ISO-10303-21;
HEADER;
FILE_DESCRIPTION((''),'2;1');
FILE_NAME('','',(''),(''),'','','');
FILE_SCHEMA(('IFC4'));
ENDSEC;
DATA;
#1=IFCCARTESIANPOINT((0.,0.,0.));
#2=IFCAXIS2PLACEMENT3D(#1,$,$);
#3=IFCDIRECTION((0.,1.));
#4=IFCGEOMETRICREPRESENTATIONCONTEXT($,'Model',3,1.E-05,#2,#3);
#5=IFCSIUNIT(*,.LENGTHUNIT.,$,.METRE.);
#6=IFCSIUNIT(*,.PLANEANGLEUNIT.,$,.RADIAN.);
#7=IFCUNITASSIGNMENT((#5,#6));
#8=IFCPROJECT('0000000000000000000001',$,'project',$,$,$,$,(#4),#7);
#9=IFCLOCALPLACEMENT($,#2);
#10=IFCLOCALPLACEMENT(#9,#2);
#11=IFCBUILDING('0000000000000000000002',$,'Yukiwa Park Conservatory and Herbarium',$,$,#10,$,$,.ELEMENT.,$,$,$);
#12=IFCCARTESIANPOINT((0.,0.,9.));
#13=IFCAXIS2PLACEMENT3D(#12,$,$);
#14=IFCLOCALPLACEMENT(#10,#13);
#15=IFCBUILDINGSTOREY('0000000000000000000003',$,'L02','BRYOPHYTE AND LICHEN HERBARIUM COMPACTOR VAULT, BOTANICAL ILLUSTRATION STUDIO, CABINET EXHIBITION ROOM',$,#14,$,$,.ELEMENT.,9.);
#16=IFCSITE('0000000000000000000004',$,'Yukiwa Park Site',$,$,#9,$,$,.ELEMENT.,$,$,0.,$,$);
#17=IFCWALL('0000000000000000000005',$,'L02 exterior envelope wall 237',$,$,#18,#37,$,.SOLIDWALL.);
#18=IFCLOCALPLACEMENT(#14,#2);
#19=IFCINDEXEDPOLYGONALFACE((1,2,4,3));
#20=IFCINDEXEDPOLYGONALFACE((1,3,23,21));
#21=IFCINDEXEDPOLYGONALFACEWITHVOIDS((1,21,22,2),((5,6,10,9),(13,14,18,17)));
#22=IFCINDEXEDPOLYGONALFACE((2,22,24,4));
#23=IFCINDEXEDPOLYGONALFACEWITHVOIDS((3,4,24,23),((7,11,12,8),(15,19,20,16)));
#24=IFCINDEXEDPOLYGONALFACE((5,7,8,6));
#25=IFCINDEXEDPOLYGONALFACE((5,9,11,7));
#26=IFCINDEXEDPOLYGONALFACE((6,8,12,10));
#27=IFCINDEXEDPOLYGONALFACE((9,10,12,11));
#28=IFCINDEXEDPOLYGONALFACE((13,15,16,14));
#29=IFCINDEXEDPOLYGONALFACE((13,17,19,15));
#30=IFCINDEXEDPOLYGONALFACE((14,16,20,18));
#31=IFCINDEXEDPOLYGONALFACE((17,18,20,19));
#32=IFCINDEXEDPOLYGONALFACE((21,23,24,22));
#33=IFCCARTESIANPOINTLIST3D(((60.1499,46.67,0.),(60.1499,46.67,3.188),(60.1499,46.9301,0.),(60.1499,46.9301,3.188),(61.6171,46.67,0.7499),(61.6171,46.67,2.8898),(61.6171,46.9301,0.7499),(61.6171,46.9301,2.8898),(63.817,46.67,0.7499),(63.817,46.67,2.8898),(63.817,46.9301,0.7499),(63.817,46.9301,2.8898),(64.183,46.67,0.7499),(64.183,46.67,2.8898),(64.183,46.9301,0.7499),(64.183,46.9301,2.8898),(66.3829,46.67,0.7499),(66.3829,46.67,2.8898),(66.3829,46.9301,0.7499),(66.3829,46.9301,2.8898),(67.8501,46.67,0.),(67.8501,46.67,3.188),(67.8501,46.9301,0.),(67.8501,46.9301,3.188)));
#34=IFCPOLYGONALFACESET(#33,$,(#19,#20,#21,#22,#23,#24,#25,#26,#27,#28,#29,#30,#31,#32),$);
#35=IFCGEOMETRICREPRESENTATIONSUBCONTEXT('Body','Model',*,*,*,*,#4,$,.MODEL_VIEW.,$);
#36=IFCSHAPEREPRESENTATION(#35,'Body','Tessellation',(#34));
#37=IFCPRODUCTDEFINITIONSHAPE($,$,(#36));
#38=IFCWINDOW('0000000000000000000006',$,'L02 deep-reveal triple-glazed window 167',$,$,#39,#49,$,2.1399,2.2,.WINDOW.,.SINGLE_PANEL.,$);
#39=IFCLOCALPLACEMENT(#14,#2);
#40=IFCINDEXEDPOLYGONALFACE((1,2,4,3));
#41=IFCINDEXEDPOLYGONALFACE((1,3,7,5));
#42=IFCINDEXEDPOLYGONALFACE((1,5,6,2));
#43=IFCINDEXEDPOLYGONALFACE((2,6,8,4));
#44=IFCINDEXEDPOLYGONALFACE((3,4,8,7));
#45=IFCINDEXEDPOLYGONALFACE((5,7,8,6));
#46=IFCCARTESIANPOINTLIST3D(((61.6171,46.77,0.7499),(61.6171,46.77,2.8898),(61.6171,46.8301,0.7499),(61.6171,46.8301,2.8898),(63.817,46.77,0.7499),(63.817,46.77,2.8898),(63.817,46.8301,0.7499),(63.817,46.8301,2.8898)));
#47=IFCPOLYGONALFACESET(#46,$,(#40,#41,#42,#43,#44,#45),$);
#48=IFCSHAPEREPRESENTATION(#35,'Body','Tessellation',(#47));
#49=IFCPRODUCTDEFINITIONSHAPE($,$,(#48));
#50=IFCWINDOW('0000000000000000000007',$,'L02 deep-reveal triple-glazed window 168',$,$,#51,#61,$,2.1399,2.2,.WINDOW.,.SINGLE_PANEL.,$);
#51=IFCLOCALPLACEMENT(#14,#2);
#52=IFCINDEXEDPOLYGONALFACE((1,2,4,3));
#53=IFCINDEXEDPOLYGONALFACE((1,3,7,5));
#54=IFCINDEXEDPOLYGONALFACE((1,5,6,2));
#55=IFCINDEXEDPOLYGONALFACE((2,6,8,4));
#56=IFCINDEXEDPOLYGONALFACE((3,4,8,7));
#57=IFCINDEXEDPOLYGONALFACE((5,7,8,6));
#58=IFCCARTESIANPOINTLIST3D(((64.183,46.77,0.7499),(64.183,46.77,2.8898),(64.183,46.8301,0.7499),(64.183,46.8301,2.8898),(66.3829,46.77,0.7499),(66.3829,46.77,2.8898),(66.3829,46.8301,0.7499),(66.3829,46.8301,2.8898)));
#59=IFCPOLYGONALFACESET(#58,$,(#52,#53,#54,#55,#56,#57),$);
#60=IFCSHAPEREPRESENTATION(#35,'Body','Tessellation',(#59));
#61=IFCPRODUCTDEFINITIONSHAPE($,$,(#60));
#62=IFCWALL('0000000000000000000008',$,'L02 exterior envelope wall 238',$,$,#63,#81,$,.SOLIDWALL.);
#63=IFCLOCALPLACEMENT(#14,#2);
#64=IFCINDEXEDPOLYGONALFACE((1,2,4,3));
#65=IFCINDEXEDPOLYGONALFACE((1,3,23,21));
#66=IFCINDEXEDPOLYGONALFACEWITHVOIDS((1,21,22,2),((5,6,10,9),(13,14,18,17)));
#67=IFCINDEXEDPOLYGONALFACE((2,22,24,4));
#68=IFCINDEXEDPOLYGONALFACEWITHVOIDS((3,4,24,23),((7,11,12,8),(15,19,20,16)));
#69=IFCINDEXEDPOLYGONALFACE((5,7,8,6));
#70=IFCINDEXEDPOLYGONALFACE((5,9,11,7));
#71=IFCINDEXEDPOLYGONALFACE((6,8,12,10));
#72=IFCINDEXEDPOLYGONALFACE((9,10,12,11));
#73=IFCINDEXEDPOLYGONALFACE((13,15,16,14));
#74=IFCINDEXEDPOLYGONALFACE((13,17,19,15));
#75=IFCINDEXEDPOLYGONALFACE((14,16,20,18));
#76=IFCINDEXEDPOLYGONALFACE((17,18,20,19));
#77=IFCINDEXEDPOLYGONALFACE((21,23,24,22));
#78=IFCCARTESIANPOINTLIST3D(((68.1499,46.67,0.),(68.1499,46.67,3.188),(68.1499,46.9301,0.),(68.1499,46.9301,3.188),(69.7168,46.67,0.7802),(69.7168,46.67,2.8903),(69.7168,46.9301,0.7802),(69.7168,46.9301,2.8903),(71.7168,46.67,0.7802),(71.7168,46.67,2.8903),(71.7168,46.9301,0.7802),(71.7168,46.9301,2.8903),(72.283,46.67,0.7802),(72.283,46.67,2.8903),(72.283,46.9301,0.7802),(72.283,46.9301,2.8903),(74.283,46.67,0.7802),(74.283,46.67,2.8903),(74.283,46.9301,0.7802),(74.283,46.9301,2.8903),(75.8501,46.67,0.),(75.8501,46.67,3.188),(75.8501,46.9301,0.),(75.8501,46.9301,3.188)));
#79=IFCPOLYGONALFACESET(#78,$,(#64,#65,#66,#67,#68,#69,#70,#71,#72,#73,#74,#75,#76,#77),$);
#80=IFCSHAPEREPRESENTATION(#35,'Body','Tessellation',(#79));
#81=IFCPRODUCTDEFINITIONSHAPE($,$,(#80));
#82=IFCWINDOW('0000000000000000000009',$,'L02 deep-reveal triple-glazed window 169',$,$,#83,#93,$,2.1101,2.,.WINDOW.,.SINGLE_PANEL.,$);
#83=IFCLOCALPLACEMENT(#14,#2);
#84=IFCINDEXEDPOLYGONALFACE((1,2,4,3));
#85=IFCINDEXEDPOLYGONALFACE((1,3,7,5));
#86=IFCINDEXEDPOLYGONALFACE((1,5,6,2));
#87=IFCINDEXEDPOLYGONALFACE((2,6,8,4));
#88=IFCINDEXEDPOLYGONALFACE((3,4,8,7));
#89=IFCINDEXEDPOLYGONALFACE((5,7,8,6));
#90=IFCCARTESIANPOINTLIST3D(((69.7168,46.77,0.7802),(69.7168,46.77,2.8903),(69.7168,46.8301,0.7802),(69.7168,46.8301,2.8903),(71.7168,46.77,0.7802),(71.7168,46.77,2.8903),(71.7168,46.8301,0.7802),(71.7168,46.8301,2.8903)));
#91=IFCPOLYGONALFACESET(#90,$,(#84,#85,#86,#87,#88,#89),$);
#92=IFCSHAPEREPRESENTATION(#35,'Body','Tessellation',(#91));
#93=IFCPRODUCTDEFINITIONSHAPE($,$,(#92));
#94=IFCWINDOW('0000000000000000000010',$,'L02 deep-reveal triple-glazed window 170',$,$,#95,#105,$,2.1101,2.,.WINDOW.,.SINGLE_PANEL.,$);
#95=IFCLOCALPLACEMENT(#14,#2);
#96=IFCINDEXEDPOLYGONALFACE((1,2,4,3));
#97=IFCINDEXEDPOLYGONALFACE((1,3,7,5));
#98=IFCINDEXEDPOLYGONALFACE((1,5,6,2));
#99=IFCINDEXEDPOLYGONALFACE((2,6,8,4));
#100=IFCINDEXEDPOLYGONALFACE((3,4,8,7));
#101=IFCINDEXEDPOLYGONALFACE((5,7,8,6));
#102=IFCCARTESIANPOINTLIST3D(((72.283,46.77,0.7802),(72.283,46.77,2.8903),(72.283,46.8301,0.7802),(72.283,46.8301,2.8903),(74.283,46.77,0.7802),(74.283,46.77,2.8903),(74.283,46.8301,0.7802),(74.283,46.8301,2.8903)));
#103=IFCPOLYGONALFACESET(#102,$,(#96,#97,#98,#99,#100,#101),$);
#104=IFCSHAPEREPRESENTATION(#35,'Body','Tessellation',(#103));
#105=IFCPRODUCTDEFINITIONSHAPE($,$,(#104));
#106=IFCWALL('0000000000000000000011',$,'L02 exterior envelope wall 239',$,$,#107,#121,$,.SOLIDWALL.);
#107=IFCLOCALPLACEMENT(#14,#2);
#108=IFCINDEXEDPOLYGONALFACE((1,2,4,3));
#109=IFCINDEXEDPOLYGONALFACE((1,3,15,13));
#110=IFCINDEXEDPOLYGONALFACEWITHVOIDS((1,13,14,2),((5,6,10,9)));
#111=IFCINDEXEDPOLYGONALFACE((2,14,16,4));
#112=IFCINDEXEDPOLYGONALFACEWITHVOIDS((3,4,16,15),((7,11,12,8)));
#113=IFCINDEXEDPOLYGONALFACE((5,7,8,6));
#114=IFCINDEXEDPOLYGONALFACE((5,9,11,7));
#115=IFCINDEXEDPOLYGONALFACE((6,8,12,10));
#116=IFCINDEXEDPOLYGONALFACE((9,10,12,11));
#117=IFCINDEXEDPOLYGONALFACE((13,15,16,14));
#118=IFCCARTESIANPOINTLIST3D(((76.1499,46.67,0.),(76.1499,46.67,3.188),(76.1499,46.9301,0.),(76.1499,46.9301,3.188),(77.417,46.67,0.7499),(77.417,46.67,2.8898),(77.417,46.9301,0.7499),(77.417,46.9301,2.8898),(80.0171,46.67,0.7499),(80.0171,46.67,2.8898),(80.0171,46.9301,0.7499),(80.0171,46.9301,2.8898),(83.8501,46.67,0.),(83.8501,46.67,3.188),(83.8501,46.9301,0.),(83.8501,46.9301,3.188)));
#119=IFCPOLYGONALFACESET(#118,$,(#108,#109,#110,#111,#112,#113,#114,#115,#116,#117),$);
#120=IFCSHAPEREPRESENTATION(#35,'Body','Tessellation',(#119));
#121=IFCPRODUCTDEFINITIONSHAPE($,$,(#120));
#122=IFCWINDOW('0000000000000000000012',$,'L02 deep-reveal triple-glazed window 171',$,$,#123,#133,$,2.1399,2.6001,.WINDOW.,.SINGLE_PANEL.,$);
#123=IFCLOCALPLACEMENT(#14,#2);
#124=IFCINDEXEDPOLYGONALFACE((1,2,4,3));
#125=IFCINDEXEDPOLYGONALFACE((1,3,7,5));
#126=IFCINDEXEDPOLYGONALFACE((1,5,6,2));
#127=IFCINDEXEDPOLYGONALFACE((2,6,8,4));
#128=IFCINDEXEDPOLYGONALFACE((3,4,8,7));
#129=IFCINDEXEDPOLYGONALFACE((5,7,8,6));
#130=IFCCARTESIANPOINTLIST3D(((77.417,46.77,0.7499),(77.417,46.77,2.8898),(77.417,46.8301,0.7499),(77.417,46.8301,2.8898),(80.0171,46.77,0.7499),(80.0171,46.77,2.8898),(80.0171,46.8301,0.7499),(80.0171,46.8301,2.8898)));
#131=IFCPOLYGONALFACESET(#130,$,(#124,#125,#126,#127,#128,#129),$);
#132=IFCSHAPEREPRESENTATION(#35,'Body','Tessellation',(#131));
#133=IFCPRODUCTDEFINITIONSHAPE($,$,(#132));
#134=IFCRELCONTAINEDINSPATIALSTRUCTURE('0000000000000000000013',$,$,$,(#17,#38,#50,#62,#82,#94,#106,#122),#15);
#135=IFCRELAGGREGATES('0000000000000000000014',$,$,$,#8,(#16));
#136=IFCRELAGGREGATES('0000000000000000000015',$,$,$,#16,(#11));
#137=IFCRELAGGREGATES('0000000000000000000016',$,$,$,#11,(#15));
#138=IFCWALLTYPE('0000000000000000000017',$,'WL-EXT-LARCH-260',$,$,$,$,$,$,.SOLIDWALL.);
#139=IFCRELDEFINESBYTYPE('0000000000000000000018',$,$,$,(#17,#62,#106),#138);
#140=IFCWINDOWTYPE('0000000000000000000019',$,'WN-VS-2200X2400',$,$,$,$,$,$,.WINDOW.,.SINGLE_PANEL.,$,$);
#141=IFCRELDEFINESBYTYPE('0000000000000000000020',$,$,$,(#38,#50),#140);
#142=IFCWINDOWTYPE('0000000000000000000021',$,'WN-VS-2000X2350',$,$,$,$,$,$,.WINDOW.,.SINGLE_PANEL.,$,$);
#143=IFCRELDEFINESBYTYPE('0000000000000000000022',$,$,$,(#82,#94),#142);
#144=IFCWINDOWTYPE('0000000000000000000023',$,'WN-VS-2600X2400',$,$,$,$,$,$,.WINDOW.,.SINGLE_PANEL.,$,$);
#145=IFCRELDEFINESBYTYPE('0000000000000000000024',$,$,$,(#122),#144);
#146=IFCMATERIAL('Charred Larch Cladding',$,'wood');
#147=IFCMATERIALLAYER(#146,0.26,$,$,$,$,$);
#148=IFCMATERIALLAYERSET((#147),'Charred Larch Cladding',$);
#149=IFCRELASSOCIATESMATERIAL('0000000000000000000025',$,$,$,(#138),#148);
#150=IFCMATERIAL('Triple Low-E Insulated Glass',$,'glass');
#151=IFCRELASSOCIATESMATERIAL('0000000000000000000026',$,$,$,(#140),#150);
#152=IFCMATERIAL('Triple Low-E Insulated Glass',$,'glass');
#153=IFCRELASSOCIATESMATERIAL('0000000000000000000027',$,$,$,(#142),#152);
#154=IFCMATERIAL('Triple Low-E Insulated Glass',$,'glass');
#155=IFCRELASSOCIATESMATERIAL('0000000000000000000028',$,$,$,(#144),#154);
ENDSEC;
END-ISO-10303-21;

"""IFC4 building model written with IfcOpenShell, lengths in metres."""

from ifc_helpers import new_model, si_unit, direction, frame, frame_2d, origin, place, context, subcontext, project, spatial, rectangle, extrude, material, layer, layer_set, type_object, element, fill, save


model = new_model("IFC4")

# Units and contexts
model_context = context("Model", 3, precision=1e-05, world=origin(), true_north=direction((0.0, 1.0)))
body_context = subcontext(model_context, "Body", "Model", "MODEL_VIEW")
ifc_project = project(units=[si_unit("LENGTHUNIT", "METRE"), si_unit("PLANEANGLEUNIT", "RADIAN")], contexts=[model_context])

# Site, building, storey
site_placement = place(None, origin())
site = spatial("IfcSite", under=ifc_project, at=site_placement, Name="Yukiwa Park Site", CompositionType="ELEMENT", RefElevation=0.0)
building_placement = place(site_placement, origin())
building = spatial("IfcBuilding", under=site, at=building_placement, Name="Yukiwa Park Conservatory and Herbarium", CompositionType="ELEMENT")
storey_placement = place(building_placement, frame((0.0, 0.0, 9.0)))
storey = spatial("IfcBuildingStorey", under=building, at=storey_placement, Name="L02", Description="BRYOPHYTE AND LICHEN HERBARIUM COMPACTOR VAULT, BOTANICAL ILLUSTRATION STUDIO, CABINET EXHIBITION ROOM", CompositionType="ELEMENT", Elevation=9.0)

# Walls, openings, windows
ifc_material_1 = material(Name="Charred Larch Cladding", Category="wood")
ifc_layer_1 = layer(ifc_material_1, 0.26)
ifc_layer_set_1 = layer_set([ifc_layer_1], Name="Charred Larch Cladding")
wall_type = type_object("IfcWallType", Name="WL-EXT-LARCH-260", PredefinedType="SOLIDWALL", material=ifc_layer_set_1)
wall_1_placement = place(storey_placement, frame((60.1499, 46.8, 0.0), z_axis=(0.0, 0.0, 1.0), x_axis=(1.0, 0.0, 0.0)))
wall_1 = element("IfcWall", 1, at=wall_1_placement, inside=storey, type_object=wall_type, Name="L02 exterior envelope wall 237", PredefinedType="SOLIDWALL", context=body_context, shape_type="SweptSolid", body=[
    extrude(rectangle(XDim=7.7002, YDim=0.26, at=frame_2d((3.8501, 0.0))), origin(), (0.0, 0.0, 1.0), 3.188),
])
opening_1_placement = place(wall_1_placement, frame((1.467, 0.0, 0.75)))
opening_1 = element("IfcOpeningElement", 2, at=opening_1_placement, cuts=wall_1, PredefinedType="OPENING", context=body_context, shape_type="SweptSolid", body=[
    extrude(rectangle(XDim=2.2, YDim=2.1399, at=frame_2d((1.1001, 1.0698))), frame((0.0, 0.1401, 0.0), z_axis=(0.0, -1.0, 0.0), x_axis=(1.0, 0.0, 0.0)), (0.0, 0.0, 1.0), 0.28),
])
opening_2_placement = place(wall_1_placement, frame((4.033, 0.0, 0.75)))
opening_2 = element("IfcOpeningElement", 3, at=opening_2_placement, cuts=wall_1, PredefinedType="OPENING", context=body_context, shape_type="SweptSolid", body=[
    extrude(rectangle(XDim=2.2, YDim=2.1399, at=frame_2d((1.1001, 1.0698))), frame((0.0, 0.1401, 0.0), z_axis=(0.0, -1.0, 0.0), x_axis=(1.0, 0.0, 0.0)), (0.0, 0.0, 1.0), 0.28),
])
ifc_material_2 = material(Name="Triple Low-E Insulated Glass", Category="glass")
window_type_1 = type_object("IfcWindowType", Name="WN-VS-2200X2400", PartitioningType="SINGLE_PANEL", PredefinedType="WINDOW", material=ifc_material_2)
window_1_placement = place(opening_1_placement, origin())
window_1 = element("IfcWindow", 4, at=window_1_placement, inside=storey, type_object=window_type_1, Name="L02 deep-reveal triple-glazed window 167", OverallHeight=2.1399, OverallWidth=2.2, PartitioningType="SINGLE_PANEL", PredefinedType="WINDOW", context=body_context, shape_type="SweptSolid", body=[
    extrude(rectangle(XDim=2.2, YDim=2.1399, at=frame_2d((1.1001, 1.0698))), frame((0.0, 0.03, 0.0), z_axis=(0.0, -1.0, 0.0), x_axis=(1.0, 0.0, 0.0)), (0.0, 0.0, 1.0), 0.0601),
])
fill(opening_1, window_1)
window_2_placement = place(opening_2_placement, origin())
window_2 = element("IfcWindow", 5, at=window_2_placement, inside=storey, type_object=window_type_1, Name="L02 deep-reveal triple-glazed window 168", OverallHeight=2.1399, OverallWidth=2.2, PartitioningType="SINGLE_PANEL", PredefinedType="WINDOW", context=body_context, shape_type="SweptSolid", body=[
    extrude(rectangle(XDim=2.2, YDim=2.1399, at=frame_2d((1.1001, 1.0698))), frame((0.0, 0.03, 0.0), z_axis=(0.0, -1.0, 0.0), x_axis=(1.0, 0.0, 0.0)), (0.0, 0.0, 1.0), 0.0601),
])
fill(opening_2, window_2)
wall_2_placement = place(storey_placement, frame((68.1499, 46.8, 0.0), z_axis=(0.0, 0.0, 1.0), x_axis=(1.0, 0.0, 0.0)))
wall_2 = element("IfcWall", 6, at=wall_2_placement, inside=storey, type_object=wall_type, Name="L02 exterior envelope wall 238", PredefinedType="SOLIDWALL", context=body_context, shape_type="SweptSolid", body=[
    extrude(rectangle(XDim=7.7002, YDim=0.26, at=frame_2d((3.8501, 0.0))), origin(), (0.0, 0.0, 1.0), 3.188),
])
opening_3_placement = place(wall_2_placement, frame((1.5669, 0.0, 0.78)))
opening_3 = element("IfcOpeningElement", 7, at=opening_3_placement, cuts=wall_2, PredefinedType="OPENING", context=body_context, shape_type="SweptSolid", body=[
    extrude(rectangle(XDim=2.0, YDim=2.1101, at=frame_2d((1.0, 1.0552))), frame((0.0, 0.1401, 0.0), z_axis=(0.0, -1.0, 0.0), x_axis=(1.0, 0.0, 0.0)), (0.0, 0.0, 1.0), 0.28),
])
opening_4_placement = place(wall_2_placement, frame((4.1331, 0.0, 0.78)))
opening_4 = element("IfcOpeningElement", 8, at=opening_4_placement, cuts=wall_2, PredefinedType="OPENING", context=body_context, shape_type="SweptSolid", body=[
    extrude(rectangle(XDim=2.0, YDim=2.1101, at=frame_2d((1.0, 1.0552))), frame((0.0, 0.1401, 0.0), z_axis=(0.0, -1.0, 0.0), x_axis=(1.0, 0.0, 0.0)), (0.0, 0.0, 1.0), 0.28),
])
ifc_material_3 = material(Name="Triple Low-E Insulated Glass", Category="glass")
window_type_2 = type_object("IfcWindowType", Name="WN-VS-2000X2350", PartitioningType="SINGLE_PANEL", PredefinedType="WINDOW", material=ifc_material_3)
window_3_placement = place(opening_3_placement, origin())
window_3 = element("IfcWindow", 9, at=window_3_placement, inside=storey, type_object=window_type_2, Name="L02 deep-reveal triple-glazed window 169", OverallHeight=2.1101, OverallWidth=2.0, PartitioningType="SINGLE_PANEL", PredefinedType="WINDOW", context=body_context, shape_type="SweptSolid", body=[
    extrude(rectangle(XDim=2.0, YDim=2.1101, at=frame_2d((1.0, 1.0552))), frame((0.0, 0.03, 0.0), z_axis=(0.0, -1.0, 0.0), x_axis=(1.0, 0.0, 0.0)), (0.0, 0.0, 1.0), 0.0601),
])
fill(opening_3, window_3)
window_4_placement = place(opening_4_placement, origin())
window_4 = element("IfcWindow", 10, at=window_4_placement, inside=storey, type_object=window_type_2, Name="L02 deep-reveal triple-glazed window 170", OverallHeight=2.1101, OverallWidth=2.0, PartitioningType="SINGLE_PANEL", PredefinedType="WINDOW", context=body_context, shape_type="SweptSolid", body=[
    extrude(rectangle(XDim=2.0, YDim=2.1101, at=frame_2d((1.0, 1.0552))), frame((0.0, 0.03, 0.0), z_axis=(0.0, -1.0, 0.0), x_axis=(1.0, 0.0, 0.0)), (0.0, 0.0, 1.0), 0.0601),
])
fill(opening_4, window_4)

# Wall, opening, window
wall_3_placement = place(storey_placement, frame((76.1499, 46.8, 0.0), z_axis=(0.0, 0.0, 1.0), x_axis=(1.0, 0.0, 0.0)))
wall_3 = element("IfcWall", 11, at=wall_3_placement, inside=storey, type_object=wall_type, Name="L02 exterior envelope wall 239", PredefinedType="SOLIDWALL", context=body_context, shape_type="SweptSolid", body=[
    extrude(rectangle(XDim=7.7002, YDim=0.26, at=frame_2d((3.8501, 0.0))), origin(), (0.0, 0.0, 1.0), 3.188),
])
opening_5_placement = place(wall_3_placement, frame((1.2671, 0.0, 0.75)))
opening_5 = element("IfcOpeningElement", 12, at=opening_5_placement, cuts=wall_3, PredefinedType="OPENING", context=body_context, shape_type="SweptSolid", body=[
    extrude(rectangle(XDim=2.6001, YDim=2.1399, at=frame_2d((1.3, 1.0698))), frame((0.0, 0.1401, 0.0), z_axis=(0.0, -1.0, 0.0), x_axis=(1.0, 0.0, 0.0)), (0.0, 0.0, 1.0), 0.28),
])
ifc_material_4 = material(Name="Triple Low-E Insulated Glass", Category="glass")
window_type_3 = type_object("IfcWindowType", Name="WN-VS-2600X2400", PartitioningType="SINGLE_PANEL", PredefinedType="WINDOW", material=ifc_material_4)
window_5_placement = place(opening_5_placement, origin())
window_5 = element("IfcWindow", 13, at=window_5_placement, inside=storey, type_object=window_type_3, Name="L02 deep-reveal triple-glazed window 171", OverallHeight=2.1399, OverallWidth=2.6001, PartitioningType="SINGLE_PANEL", PredefinedType="WINDOW", context=body_context, shape_type="SweptSolid", body=[
    extrude(rectangle(XDim=2.6001, YDim=2.1399, at=frame_2d((1.3, 1.0698))), frame((0.0, 0.03, 0.0), z_axis=(0.0, -1.0, 0.0), x_axis=(1.0, 0.0, 0.0)), (0.0, 0.0, 1.0), 0.0601),
])
fill(opening_5, window_5)

save(model, "model.ifc")
